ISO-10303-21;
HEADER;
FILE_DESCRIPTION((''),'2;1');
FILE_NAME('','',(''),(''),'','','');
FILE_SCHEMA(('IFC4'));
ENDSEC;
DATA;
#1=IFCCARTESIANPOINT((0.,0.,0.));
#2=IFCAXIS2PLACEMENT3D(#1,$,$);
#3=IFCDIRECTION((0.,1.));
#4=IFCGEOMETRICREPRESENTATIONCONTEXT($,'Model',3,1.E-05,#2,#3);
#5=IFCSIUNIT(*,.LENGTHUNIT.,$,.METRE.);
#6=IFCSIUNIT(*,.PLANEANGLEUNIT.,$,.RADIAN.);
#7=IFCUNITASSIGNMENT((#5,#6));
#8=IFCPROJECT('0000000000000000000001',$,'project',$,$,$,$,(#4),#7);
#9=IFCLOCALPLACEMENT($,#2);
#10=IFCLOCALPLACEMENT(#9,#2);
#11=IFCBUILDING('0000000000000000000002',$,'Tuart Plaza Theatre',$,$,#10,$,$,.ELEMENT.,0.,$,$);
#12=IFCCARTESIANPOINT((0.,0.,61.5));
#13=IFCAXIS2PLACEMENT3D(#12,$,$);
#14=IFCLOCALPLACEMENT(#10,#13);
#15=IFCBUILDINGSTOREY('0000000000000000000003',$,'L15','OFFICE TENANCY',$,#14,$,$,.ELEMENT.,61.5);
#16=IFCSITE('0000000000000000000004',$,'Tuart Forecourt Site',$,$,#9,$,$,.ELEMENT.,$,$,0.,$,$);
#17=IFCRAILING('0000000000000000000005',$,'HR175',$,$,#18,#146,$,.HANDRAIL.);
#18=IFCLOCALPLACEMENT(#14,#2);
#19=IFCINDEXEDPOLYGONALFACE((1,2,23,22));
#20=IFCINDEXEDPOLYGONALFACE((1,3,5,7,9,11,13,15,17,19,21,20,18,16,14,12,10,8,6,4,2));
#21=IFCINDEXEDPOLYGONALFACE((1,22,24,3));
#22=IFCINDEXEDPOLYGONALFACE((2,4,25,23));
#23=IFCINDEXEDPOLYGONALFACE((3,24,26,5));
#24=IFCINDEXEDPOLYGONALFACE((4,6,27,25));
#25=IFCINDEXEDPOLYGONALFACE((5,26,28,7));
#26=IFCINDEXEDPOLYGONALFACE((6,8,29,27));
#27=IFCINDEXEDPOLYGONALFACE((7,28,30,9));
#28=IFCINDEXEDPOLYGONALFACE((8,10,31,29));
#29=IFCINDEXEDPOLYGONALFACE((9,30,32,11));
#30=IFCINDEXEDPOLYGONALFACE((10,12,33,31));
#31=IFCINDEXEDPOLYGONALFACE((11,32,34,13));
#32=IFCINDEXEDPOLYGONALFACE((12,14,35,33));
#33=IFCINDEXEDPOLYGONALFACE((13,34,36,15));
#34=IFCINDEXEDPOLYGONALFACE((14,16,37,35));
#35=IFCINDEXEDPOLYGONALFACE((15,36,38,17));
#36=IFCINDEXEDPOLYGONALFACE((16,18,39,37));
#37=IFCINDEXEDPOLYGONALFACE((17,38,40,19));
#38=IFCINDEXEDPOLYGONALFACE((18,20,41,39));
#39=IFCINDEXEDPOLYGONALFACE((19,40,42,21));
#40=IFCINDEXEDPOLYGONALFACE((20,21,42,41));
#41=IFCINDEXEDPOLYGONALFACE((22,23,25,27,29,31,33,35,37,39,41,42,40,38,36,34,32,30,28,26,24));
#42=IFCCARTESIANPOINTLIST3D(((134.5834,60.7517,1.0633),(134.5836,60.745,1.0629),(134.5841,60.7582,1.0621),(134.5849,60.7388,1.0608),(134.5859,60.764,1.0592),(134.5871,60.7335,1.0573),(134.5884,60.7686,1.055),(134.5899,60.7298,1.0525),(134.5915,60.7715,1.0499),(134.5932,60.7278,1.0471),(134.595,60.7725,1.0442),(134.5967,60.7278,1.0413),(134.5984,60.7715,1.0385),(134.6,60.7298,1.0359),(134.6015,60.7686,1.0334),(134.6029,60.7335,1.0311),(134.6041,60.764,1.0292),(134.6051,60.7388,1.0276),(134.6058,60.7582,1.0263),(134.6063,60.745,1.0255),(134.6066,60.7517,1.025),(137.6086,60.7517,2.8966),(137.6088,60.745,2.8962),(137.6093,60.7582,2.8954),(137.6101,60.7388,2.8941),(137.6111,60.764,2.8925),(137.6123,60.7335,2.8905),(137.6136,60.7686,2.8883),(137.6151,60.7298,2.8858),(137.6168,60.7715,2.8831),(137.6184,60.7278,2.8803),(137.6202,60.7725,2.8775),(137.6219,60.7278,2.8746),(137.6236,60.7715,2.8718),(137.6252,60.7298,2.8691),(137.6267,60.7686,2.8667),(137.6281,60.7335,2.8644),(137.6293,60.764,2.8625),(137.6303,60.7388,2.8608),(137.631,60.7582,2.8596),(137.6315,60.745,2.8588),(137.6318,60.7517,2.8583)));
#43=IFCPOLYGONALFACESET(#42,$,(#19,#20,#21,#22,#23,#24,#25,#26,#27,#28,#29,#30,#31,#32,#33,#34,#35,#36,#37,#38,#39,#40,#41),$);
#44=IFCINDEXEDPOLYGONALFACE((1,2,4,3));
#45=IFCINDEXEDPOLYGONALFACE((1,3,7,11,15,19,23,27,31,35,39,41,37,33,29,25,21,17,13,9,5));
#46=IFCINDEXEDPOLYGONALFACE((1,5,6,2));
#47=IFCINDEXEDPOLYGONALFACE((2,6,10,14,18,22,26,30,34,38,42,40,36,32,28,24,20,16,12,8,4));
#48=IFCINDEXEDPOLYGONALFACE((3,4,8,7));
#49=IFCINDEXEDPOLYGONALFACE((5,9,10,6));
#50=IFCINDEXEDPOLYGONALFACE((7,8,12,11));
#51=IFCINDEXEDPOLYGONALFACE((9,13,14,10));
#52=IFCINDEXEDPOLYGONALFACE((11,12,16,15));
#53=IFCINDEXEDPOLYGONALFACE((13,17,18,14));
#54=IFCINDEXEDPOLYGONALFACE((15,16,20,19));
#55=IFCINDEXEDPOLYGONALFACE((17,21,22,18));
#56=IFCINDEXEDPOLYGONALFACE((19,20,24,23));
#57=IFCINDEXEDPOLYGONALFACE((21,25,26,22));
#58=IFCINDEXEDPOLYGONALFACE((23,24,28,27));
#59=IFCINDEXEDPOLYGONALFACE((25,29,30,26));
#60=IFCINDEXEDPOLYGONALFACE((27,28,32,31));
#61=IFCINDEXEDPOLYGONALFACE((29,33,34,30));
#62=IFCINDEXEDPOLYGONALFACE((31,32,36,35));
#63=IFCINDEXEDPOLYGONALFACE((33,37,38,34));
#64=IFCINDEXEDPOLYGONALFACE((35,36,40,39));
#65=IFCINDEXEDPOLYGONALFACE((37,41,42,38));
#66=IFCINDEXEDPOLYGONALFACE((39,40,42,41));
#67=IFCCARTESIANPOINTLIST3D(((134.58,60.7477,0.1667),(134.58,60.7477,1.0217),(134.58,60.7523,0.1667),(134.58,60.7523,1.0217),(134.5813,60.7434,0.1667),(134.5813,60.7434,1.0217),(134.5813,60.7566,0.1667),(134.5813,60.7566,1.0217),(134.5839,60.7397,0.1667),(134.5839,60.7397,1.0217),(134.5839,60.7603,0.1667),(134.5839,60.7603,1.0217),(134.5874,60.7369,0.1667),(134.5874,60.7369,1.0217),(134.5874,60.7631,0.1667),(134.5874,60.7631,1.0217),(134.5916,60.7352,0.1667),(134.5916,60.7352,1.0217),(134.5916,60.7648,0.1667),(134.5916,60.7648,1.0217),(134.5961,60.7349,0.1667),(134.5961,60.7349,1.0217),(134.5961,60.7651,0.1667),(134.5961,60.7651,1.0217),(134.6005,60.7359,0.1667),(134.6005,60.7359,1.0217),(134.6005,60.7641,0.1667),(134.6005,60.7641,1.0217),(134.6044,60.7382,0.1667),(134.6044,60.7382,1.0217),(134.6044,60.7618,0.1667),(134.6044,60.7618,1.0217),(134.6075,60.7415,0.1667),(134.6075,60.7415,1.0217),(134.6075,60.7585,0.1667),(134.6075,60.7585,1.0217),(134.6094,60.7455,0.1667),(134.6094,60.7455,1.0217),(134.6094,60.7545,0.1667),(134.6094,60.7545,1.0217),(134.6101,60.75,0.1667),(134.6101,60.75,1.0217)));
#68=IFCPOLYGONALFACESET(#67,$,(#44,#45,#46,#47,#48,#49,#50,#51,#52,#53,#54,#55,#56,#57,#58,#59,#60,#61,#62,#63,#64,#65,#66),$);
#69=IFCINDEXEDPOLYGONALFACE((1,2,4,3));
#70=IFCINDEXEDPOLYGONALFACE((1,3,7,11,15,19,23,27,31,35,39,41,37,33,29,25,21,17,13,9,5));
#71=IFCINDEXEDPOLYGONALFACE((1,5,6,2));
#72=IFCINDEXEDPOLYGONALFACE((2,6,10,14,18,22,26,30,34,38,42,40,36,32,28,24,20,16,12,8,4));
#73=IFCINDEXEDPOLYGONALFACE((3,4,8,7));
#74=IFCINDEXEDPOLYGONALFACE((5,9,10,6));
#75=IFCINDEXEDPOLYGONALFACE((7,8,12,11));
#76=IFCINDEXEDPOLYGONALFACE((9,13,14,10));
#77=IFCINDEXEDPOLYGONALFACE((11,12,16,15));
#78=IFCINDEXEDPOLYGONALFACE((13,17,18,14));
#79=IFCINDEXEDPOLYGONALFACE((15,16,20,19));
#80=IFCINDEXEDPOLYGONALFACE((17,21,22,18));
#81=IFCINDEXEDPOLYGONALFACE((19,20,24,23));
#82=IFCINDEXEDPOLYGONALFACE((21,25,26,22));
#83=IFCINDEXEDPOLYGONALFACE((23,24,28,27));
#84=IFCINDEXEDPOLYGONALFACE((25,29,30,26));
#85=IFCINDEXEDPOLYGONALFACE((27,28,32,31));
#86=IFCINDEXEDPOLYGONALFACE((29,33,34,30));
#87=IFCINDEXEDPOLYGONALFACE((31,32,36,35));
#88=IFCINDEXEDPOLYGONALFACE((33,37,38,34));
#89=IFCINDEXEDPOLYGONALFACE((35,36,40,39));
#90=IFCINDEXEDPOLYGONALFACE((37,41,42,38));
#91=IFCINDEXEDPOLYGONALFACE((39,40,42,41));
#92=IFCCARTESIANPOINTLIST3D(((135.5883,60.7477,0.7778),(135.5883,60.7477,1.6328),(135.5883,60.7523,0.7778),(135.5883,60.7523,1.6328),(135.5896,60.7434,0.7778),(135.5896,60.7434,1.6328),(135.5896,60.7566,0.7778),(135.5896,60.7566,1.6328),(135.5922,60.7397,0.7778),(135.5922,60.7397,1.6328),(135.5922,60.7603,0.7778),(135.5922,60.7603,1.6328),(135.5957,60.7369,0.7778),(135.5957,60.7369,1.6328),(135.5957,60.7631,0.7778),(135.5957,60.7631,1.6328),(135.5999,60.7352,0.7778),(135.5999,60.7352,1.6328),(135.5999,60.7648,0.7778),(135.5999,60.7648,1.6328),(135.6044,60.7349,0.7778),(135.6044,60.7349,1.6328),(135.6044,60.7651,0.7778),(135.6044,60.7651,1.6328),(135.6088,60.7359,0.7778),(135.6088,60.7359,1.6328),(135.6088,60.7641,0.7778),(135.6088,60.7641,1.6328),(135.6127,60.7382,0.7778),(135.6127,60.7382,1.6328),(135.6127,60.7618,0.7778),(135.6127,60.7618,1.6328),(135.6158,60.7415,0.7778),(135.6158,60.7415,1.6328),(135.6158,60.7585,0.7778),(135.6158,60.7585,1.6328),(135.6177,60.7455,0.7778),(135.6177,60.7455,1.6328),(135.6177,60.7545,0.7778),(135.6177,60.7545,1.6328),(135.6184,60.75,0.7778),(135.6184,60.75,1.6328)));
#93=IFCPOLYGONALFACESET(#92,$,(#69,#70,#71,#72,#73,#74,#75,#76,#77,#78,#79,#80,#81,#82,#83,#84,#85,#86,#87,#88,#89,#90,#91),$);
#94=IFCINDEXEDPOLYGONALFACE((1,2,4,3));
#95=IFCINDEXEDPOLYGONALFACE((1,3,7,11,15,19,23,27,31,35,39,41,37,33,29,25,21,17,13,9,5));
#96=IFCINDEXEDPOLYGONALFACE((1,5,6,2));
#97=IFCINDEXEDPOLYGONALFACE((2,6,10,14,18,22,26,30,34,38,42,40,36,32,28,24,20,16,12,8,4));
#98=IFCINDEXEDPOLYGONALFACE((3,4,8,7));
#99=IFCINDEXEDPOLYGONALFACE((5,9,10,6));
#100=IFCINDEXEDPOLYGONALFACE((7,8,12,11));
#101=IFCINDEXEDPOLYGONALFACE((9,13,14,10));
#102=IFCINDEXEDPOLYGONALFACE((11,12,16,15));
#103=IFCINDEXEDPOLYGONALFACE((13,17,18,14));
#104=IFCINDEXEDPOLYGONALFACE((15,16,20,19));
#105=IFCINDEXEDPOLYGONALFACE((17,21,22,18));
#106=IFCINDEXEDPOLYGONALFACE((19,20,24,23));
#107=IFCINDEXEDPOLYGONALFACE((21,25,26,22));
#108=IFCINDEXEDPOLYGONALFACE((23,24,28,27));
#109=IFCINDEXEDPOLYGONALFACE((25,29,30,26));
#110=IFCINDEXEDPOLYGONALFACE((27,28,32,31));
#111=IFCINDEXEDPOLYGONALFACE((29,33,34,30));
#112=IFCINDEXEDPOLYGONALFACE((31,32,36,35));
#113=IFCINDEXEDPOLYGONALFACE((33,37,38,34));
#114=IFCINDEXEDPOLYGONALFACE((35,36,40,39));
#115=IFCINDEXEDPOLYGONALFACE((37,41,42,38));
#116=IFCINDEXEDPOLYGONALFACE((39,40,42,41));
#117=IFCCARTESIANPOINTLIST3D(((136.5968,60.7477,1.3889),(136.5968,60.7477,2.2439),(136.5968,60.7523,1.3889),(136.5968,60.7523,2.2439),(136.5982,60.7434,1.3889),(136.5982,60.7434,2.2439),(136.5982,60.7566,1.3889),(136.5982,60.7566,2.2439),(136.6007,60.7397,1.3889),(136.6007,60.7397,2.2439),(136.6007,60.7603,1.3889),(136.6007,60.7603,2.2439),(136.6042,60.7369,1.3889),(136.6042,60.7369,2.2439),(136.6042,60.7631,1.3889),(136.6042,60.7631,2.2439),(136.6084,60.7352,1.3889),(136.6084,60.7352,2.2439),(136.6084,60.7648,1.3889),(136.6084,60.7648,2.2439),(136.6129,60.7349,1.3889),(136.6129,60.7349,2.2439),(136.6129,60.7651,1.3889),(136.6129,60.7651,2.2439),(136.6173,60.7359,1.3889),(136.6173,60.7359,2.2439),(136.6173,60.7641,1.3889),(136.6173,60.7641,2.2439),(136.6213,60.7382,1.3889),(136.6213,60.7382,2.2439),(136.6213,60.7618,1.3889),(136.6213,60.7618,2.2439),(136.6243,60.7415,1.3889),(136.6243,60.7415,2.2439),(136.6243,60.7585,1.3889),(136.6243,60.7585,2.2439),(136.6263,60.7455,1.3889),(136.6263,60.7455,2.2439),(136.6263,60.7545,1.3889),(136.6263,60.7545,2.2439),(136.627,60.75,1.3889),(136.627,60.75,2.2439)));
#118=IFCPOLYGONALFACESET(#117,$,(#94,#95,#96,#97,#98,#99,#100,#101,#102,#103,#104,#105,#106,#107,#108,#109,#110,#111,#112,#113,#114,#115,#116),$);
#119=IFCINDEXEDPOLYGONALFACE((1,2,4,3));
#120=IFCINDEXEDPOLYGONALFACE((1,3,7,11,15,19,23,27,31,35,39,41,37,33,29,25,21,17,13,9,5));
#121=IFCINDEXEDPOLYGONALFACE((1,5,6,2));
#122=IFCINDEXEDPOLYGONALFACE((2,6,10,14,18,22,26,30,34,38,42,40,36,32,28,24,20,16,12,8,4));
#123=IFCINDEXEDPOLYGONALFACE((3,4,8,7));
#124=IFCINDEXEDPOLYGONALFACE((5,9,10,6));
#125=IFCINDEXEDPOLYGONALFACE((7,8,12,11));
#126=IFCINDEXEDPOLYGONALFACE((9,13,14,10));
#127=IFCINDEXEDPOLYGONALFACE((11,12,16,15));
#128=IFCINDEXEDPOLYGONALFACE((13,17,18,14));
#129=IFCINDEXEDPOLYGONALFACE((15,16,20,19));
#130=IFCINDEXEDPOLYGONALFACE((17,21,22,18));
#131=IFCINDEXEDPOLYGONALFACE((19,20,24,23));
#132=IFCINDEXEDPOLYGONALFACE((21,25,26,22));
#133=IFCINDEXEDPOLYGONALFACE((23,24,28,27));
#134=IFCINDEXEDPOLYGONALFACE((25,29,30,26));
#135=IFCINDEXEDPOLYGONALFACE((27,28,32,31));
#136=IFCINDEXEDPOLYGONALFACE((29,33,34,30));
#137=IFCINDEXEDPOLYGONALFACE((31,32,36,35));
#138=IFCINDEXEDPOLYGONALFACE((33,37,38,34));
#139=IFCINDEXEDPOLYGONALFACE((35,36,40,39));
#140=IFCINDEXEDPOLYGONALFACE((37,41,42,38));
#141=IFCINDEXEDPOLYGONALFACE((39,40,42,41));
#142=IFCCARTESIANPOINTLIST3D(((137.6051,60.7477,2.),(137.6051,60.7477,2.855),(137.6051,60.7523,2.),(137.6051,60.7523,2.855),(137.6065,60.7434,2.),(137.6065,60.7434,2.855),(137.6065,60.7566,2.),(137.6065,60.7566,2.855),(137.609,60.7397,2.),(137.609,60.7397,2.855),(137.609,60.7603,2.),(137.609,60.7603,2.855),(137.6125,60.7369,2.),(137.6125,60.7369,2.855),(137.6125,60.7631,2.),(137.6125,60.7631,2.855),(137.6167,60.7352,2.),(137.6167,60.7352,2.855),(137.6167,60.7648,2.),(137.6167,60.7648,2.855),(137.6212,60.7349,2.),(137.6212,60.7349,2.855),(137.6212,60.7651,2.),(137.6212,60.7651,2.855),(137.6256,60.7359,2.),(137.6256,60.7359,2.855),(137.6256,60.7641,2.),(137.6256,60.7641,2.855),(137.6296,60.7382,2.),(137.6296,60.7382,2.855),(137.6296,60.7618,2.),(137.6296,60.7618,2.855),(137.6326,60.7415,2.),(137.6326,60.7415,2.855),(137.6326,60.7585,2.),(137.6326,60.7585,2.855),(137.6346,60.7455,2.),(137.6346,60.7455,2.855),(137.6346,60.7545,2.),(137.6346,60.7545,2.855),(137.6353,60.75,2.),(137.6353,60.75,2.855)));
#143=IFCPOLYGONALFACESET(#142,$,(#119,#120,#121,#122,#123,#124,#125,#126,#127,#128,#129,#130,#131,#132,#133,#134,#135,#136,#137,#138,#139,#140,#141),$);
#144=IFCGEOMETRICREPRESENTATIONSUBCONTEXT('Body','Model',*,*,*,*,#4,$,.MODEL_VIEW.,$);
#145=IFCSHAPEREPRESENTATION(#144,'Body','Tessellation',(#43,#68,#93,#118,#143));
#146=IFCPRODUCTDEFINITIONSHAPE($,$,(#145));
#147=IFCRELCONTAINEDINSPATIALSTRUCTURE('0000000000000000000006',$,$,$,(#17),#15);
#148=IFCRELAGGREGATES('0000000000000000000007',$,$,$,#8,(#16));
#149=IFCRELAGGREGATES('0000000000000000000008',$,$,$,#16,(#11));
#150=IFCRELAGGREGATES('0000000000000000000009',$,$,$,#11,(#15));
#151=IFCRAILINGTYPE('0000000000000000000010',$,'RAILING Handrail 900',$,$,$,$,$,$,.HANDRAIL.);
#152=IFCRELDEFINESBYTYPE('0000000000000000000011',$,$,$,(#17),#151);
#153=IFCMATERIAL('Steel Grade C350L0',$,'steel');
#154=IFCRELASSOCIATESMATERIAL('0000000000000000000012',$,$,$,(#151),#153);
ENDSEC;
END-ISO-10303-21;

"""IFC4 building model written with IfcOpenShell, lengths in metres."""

from ifc_helpers import new_model, si_unit, direction, frame, origin, origin_2d, place, context, subcontext, project, spatial, circle, extrude, material, type_object, element, save


model = new_model("IFC4")

# Units and contexts
model_context = context("Model", 3, precision=1e-05, world=origin(), true_north=direction((0.0, 1.0)))
body_context = subcontext(model_context, "Body", "Model", "MODEL_VIEW")
ifc_project = project(units=[si_unit("LENGTHUNIT", "METRE"), si_unit("PLANEANGLEUNIT", "RADIAN")], contexts=[model_context])

# Site, building, storey
site_placement = place(None, origin())
site = spatial("IfcSite", under=ifc_project, at=site_placement, Name="Tuart Forecourt Site", CompositionType="ELEMENT", RefElevation=0.0)
building_placement = place(site_placement, origin())
building = spatial("IfcBuilding", under=site, at=building_placement, Name="Tuart Plaza Theatre", CompositionType="ELEMENT", ElevationOfRefHeight=0.0)
storey_placement = place(building_placement, frame((0.0, 0.0, 61.5)))
storey = spatial("IfcBuildingStorey", under=building, at=storey_placement, Name="L15", Description="OFFICE TENANCY", CompositionType="ELEMENT", Elevation=61.5)

# Railing
ifc_material_1 = material(Name="Steel Grade C350L0", Category="steel")
railing_type_1 = type_object("IfcRailingType", Name="RAILING Handrail 900", PredefinedType="HANDRAIL", material=ifc_material_1)
for number, where, name in (
    (1, (134.595, 60.75, 0.1667), "HR175"),
):
    element("IfcRailing", number, at=place(storey_placement, frame(where)), inside=storey, type_object=railing_type_1, Name=name, PredefinedType="HANDRAIL", context=body_context, shape_type="SweptSolid", body=[
        extrude(circle(Radius=0.0225, at=origin_2d()), frame((0.0, 0.0, 0.8774), z_axis=(0.855219, 0.0, 0.518267), x_axis=(0.0, 1.0, 0.0)), (0.0, 0.0, 1.0), 3.5374),
        extrude(circle(Radius=0.0151, at=origin_2d()), origin(), (0.0, 0.0, 1.0), 0.855),
        extrude(circle(Radius=0.0151, at=origin_2d()), frame((1.0083, 0.0, 0.6111)), (0.0, 0.0, 1.0), 0.855),
        extrude(circle(Radius=0.0151, at=origin_2d()), frame((2.0168, 0.0, 1.2222)), (0.0, 0.0, 1.0), 0.855),
        extrude(circle(Radius=0.0151, at=origin_2d()), frame((3.0251, 0.0, 1.8333)), (0.0, 0.0, 1.0), 0.855),
    ])

save(model, "model.ifc")
